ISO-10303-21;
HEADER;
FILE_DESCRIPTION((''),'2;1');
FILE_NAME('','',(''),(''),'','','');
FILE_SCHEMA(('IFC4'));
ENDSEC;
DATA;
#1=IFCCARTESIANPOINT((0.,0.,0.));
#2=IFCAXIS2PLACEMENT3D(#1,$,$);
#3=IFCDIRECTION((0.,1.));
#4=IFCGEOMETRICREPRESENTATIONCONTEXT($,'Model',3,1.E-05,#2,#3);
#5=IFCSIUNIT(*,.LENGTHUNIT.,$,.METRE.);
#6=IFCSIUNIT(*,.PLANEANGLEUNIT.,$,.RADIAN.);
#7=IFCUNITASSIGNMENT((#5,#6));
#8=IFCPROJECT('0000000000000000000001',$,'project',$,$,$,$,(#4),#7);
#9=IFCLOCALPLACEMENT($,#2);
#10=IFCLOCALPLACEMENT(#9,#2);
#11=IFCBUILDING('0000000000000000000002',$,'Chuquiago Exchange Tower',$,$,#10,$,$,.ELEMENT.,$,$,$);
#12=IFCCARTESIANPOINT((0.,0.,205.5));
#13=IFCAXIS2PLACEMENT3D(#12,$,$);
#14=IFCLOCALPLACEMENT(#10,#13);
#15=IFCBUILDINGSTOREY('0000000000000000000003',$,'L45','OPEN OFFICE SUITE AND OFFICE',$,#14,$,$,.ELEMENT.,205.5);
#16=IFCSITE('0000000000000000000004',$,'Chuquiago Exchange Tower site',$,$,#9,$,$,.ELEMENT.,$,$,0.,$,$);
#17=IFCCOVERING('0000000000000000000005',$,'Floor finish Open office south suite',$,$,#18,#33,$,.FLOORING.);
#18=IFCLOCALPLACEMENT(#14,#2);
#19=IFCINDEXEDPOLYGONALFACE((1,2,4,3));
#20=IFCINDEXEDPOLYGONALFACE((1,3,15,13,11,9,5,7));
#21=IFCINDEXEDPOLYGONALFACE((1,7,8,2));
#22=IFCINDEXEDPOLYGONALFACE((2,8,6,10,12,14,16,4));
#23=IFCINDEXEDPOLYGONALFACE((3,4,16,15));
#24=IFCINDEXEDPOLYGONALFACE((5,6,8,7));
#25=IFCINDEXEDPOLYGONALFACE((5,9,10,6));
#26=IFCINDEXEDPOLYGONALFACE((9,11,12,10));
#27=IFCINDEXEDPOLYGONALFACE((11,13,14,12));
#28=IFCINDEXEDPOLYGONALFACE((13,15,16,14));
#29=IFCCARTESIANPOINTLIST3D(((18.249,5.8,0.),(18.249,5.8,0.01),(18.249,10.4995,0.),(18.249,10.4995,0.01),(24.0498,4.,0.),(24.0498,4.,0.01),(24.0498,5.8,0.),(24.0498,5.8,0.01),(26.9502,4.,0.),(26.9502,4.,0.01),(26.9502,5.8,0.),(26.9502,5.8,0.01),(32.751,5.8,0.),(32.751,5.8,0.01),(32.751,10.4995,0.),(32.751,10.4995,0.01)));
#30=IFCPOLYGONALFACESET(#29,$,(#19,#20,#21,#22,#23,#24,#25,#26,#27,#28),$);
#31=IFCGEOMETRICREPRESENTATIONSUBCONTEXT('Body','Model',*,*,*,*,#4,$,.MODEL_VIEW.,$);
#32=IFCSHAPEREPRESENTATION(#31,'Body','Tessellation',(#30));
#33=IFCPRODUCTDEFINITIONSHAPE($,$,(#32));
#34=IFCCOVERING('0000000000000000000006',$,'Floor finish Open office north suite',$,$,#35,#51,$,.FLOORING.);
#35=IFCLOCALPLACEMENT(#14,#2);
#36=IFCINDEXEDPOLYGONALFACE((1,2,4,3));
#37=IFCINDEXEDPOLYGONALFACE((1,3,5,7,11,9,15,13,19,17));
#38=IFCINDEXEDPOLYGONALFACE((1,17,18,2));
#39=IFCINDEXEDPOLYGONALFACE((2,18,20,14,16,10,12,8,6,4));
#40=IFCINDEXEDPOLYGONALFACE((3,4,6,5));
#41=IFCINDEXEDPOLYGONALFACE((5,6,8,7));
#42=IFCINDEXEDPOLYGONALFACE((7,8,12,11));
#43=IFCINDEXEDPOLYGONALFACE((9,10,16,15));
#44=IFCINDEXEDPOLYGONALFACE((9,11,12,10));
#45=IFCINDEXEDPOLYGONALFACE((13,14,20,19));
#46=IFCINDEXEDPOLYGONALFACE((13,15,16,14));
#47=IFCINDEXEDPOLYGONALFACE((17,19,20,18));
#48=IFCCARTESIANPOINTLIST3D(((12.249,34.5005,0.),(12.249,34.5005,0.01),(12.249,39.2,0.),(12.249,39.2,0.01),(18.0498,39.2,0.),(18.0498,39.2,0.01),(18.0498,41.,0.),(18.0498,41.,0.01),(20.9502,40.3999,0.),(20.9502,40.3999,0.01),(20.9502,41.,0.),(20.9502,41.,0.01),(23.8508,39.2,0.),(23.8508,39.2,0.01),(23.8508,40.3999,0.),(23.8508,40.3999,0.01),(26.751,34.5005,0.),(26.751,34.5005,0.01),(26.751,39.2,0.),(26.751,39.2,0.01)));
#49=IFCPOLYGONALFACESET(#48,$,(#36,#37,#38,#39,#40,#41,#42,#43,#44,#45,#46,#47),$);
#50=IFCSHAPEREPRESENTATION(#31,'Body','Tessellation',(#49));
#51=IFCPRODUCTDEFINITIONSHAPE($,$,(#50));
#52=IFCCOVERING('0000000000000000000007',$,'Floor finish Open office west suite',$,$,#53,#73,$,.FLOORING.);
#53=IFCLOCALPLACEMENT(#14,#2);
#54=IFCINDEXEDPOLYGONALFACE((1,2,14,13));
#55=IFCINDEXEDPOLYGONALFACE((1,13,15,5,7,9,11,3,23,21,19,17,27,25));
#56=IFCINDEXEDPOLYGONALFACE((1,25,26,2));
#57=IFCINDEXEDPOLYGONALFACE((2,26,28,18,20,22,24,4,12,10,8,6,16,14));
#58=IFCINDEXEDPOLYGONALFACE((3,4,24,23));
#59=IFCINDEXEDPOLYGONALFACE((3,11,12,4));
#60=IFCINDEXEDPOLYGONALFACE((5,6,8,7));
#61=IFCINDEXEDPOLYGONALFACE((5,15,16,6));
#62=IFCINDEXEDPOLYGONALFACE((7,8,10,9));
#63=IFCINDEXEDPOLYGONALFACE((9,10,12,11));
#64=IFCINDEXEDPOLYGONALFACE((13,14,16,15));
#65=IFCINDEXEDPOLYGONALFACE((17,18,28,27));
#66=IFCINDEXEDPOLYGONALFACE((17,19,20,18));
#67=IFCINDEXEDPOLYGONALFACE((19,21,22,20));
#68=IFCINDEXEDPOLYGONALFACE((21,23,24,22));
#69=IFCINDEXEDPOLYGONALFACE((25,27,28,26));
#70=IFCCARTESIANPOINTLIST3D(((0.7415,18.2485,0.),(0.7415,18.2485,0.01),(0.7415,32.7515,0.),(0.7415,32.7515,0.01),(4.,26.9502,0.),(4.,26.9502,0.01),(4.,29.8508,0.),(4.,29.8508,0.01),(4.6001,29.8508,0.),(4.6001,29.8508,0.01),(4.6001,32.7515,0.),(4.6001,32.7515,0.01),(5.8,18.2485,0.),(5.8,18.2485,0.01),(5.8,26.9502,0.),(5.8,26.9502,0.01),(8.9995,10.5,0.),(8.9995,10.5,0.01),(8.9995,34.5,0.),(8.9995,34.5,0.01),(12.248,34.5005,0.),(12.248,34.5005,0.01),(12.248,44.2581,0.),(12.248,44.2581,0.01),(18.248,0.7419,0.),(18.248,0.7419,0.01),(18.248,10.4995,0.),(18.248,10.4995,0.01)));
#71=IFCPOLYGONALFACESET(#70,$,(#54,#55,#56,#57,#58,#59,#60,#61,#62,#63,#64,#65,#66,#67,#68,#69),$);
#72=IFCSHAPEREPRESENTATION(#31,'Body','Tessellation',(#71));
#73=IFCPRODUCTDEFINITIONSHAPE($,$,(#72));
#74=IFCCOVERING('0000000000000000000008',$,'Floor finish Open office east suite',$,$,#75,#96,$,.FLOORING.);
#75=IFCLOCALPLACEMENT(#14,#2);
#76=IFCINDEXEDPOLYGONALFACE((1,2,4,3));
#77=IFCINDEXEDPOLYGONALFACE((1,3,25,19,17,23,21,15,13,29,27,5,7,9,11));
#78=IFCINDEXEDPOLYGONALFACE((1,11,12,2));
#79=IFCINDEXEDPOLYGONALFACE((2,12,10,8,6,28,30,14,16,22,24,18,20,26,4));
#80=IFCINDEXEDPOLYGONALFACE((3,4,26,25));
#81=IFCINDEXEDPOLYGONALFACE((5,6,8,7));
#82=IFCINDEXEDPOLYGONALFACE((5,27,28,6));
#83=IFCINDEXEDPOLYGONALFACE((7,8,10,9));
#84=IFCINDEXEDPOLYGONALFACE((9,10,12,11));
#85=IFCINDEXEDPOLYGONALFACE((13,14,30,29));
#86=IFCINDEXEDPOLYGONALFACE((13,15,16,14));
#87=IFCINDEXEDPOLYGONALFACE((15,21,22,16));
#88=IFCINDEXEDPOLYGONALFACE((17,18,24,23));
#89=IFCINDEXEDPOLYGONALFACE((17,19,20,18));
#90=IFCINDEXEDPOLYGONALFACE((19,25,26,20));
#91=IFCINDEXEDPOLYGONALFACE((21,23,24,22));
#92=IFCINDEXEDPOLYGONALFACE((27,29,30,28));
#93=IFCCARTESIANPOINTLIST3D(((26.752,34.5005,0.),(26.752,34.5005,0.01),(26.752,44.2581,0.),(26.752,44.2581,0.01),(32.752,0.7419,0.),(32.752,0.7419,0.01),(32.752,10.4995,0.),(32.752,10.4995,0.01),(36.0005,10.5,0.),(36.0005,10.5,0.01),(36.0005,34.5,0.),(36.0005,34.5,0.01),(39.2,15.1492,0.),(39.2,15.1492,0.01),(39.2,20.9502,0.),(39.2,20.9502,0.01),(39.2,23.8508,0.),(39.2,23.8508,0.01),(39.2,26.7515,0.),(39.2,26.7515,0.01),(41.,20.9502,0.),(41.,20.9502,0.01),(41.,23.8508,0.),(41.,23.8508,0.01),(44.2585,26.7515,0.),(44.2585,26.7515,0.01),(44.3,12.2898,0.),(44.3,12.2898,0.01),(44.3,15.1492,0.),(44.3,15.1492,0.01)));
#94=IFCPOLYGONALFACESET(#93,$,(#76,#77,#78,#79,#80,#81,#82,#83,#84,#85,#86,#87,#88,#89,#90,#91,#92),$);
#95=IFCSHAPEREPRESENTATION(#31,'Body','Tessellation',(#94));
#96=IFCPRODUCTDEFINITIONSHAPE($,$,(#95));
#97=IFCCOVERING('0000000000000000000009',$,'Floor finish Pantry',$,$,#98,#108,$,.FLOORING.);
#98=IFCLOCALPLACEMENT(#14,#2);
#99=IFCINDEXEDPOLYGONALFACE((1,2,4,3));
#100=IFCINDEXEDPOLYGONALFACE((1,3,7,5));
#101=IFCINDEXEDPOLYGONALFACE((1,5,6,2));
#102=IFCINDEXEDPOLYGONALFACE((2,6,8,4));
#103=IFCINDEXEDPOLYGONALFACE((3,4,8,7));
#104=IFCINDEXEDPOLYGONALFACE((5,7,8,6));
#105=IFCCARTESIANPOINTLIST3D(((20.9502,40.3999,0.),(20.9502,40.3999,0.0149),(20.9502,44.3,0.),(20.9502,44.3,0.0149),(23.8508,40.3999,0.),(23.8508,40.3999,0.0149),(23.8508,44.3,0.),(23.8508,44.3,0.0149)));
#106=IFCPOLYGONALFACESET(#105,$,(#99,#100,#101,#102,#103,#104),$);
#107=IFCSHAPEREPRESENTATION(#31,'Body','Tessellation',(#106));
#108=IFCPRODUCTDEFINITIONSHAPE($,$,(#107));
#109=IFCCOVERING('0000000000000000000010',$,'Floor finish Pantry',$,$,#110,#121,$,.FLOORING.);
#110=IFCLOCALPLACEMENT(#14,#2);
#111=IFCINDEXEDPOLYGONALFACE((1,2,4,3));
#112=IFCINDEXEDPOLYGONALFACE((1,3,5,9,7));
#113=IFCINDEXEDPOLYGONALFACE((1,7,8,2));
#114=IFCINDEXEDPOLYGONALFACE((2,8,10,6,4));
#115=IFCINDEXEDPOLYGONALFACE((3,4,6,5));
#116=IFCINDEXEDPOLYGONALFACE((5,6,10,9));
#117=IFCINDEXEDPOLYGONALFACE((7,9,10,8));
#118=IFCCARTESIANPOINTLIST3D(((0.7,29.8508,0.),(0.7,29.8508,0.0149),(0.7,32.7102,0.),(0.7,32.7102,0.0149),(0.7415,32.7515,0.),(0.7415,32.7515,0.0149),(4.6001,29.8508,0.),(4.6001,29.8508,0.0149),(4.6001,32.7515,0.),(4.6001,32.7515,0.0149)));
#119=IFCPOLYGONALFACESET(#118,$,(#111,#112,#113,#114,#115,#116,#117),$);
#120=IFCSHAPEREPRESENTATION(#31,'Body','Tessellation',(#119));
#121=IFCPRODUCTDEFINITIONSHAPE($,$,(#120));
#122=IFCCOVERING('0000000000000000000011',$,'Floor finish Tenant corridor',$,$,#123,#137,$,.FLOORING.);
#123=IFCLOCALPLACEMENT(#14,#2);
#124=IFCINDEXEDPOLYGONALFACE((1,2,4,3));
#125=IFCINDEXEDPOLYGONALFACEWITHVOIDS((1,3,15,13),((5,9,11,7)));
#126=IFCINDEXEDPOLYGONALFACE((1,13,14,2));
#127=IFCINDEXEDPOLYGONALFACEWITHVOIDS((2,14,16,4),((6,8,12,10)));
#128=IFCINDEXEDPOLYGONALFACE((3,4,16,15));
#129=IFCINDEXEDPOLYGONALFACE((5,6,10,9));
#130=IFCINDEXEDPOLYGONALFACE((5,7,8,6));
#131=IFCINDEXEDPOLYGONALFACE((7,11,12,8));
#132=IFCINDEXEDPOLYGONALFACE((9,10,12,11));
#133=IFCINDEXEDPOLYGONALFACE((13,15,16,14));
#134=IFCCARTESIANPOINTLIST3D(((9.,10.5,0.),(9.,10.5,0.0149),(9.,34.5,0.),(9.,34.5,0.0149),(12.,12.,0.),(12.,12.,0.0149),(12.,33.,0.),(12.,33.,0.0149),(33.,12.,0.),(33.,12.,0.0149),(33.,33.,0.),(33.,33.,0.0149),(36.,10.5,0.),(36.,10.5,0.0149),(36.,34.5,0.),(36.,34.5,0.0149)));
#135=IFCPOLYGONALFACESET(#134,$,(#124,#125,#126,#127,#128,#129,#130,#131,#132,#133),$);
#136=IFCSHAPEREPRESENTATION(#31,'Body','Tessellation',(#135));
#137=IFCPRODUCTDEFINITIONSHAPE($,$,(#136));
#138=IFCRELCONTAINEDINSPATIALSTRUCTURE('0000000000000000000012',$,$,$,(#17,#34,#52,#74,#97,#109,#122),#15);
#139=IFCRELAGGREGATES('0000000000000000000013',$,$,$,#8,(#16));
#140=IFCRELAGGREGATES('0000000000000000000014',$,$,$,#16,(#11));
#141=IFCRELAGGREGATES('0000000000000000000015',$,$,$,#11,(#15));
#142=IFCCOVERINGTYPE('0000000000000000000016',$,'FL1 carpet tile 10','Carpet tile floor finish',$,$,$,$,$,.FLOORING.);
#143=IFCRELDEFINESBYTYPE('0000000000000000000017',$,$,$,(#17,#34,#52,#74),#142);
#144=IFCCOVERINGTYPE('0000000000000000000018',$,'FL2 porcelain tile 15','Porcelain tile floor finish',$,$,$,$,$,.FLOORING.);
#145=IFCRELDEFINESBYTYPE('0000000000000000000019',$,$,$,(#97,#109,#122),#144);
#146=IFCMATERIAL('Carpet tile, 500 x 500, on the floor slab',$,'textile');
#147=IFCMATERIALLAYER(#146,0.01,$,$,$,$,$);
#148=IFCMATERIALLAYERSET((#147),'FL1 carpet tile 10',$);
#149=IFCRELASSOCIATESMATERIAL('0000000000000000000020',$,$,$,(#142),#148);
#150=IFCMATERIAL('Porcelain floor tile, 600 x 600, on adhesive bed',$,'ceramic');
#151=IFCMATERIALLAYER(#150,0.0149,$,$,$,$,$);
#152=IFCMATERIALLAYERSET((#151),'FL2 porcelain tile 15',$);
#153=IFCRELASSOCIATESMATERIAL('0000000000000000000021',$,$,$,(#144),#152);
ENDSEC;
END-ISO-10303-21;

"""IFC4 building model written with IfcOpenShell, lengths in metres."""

from ifc_helpers import new_model, si_unit, direction, frame, origin, place, context, subcontext, project, spatial, polyline, outline, extrude, material, layer, layer_set, type_object, element, save


model = new_model("IFC4")

# Units and contexts
model_context = context("Model", 3, precision=1e-05, world=origin(), true_north=direction((0.0, 1.0)))
body_context = subcontext(model_context, "Body", "Model", "MODEL_VIEW")
ifc_project = project(units=[si_unit("LENGTHUNIT", "METRE"), si_unit("PLANEANGLEUNIT", "RADIAN")], contexts=[model_context])

# Site, building, storey
site_placement = place(None, origin())
site = spatial("IfcSite", under=ifc_project, at=site_placement, Name="Chuquiago Exchange Tower site", CompositionType="ELEMENT", RefElevation=0.0)
building_placement = place(site_placement, origin())
building = spatial("IfcBuilding", under=site, at=building_placement, Name="Chuquiago Exchange Tower", CompositionType="ELEMENT")
storey_placement = place(building_placement, frame((0.0, 0.0, 205.5)))
storey = spatial("IfcBuildingStorey", under=building, at=storey_placement, Name="L45", Description="OPEN OFFICE SUITE AND OFFICE", CompositionType="ELEMENT", Elevation=205.5)

# Coverings
ifc_material_1 = material(Name="Carpet tile, 500 x 500, on the floor slab", Category="textile")
ifc_layer_1 = layer(ifc_material_1, 0.01)
ifc_layer_set_1 = layer_set([ifc_layer_1], Name="FL1 carpet tile 10")
covering_type_1 = type_object("IfcCoveringType", Name="FL1 carpet tile 10", Description="Carpet tile floor finish", PredefinedType="FLOORING", material=ifc_layer_set_1)
covering_1_placement = place(storey_placement, origin())
element("IfcCovering", 1, at=covering_1_placement, inside=storey, type_object=covering_type_1, Name="Floor finish Open office south suite", PredefinedType="FLOORING", context=body_context, shape_type="SweptSolid", body=[
    extrude(outline(polyline([(32.751, 5.8), (26.9502, 5.8), (26.9502, 4.0), (24.0498, 4.0), (24.0498, 5.8), (18.249, 5.8), (18.249, 10.4995), (32.751, 10.4995), (32.751, 5.8)])), origin(), (0.0, 0.0, 1.0), 0.01),
])
covering_2_placement = place(storey_placement, origin())
element("IfcCovering", 2, at=covering_2_placement, inside=storey, type_object=covering_type_1, Name="Floor finish Open office north suite", PredefinedType="FLOORING", context=body_context, shape_type="SweptSolid", body=[
    extrude(outline(polyline([(12.249, 39.2), (18.0498, 39.2), (18.0498, 41.0), (20.9502, 41.0), (20.9502, 40.3999), (23.8508, 40.3999), (23.8508, 39.2), (26.751, 39.2), (26.751, 34.5005), (12.249, 34.5005), (12.249, 39.2)])), origin(), (0.0, 0.0, 1.0), 0.01),
])
covering_3_placement = place(storey_placement, origin())
element("IfcCovering", 3, at=covering_3_placement, inside=storey, type_object=covering_type_1, Name="Floor finish Open office west suite", PredefinedType="FLOORING", context=body_context, shape_type="SweptSolid", body=[
    extrude(outline(polyline([(0.7415, 18.2485), (5.8, 18.2485), (5.8, 26.9502), (4.0, 26.9502), (4.0, 29.8508), (4.6001, 29.8508), (4.6001, 32.7515), (0.7415, 32.7515), (12.248, 44.2581), (12.248, 34.5005), (8.9995, 34.5), (8.9995, 10.5), (18.248, 10.4995), (18.248, 0.7419), (0.7415, 18.2485)])), origin(), (0.0, 0.0, 1.0), 0.01),
])
covering_4_placement = place(storey_placement, origin())
element("IfcCovering", 4, at=covering_4_placement, inside=storey, type_object=covering_type_1, Name="Floor finish Open office east suite", PredefinedType="FLOORING", context=body_context, shape_type="SweptSolid", body=[
    extrude(outline(polyline([(44.2585, 26.7515), (39.2, 26.7515), (39.2, 23.8508), (41.0, 23.8508), (41.0, 20.9502), (39.2, 20.9502), (39.2, 15.1492), (44.3, 15.1492), (44.3, 12.2898), (32.752, 0.7419), (32.752, 10.4995), (36.0005, 10.5), (36.0005, 34.5), (26.752, 34.5005), (26.752, 44.2581), (44.2585, 26.7515)])), origin(), (0.0, 0.0, 1.0), 0.01),
])
ifc_material_2 = material(Name="Porcelain floor tile, 600 x 600, on adhesive bed", Category="ceramic")
ifc_layer_2 = layer(ifc_material_2, 0.0149)
ifc_layer_set_2 = layer_set([ifc_layer_2], Name="FL2 porcelain tile 15")
covering_type_2 = type_object("IfcCoveringType", Name="FL2 porcelain tile 15", Description="Porcelain tile floor finish", PredefinedType="FLOORING", material=ifc_layer_set_2)
covering_5_placement = place(storey_placement, origin())
element("IfcCovering", 5, at=covering_5_placement, inside=storey, type_object=covering_type_2, Name="Floor finish Pantry", PredefinedType="FLOORING", context=body_context, shape_type="SweptSolid", body=[
    extrude(outline(polyline([(23.8508, 44.3), (23.8508, 40.3999), (20.9502, 40.3999), (20.9502, 44.3), (23.8508, 44.3)])), origin(), (0.0, 0.0, 1.0), 0.0149),
])
covering_6_placement = place(storey_placement, origin())
element("IfcCovering", 6, at=covering_6_placement, inside=storey, type_object=covering_type_2, Name="Floor finish Pantry", PredefinedType="FLOORING", context=body_context, shape_type="SweptSolid", body=[
    extrude(outline(polyline([(0.7, 32.7102), (0.7415, 32.7515), (4.6001, 32.7515), (4.6001, 29.8508), (0.7, 29.8508), (0.7, 32.7102)])), origin(), (0.0, 0.0, 1.0), 0.0149),
])
covering_7_placement = place(storey_placement, origin())
element("IfcCovering", 7, at=covering_7_placement, inside=storey, type_object=covering_type_2, Name="Floor finish Tenant corridor", PredefinedType="FLOORING", context=body_context, shape_type="SweptSolid", body=[
    extrude(outline(polyline([(9.0, 10.5), (9.0, 34.5), (36.0, 34.5), (36.0, 10.5), (9.0, 10.5)]), holes=[polyline([(12.0, 33.0), (12.0, 12.0), (33.0, 12.0), (33.0, 33.0), (12.0, 33.0)])]), origin(), (0.0, 0.0, 1.0), 0.0149),
])

save(model, "model.ifc")
